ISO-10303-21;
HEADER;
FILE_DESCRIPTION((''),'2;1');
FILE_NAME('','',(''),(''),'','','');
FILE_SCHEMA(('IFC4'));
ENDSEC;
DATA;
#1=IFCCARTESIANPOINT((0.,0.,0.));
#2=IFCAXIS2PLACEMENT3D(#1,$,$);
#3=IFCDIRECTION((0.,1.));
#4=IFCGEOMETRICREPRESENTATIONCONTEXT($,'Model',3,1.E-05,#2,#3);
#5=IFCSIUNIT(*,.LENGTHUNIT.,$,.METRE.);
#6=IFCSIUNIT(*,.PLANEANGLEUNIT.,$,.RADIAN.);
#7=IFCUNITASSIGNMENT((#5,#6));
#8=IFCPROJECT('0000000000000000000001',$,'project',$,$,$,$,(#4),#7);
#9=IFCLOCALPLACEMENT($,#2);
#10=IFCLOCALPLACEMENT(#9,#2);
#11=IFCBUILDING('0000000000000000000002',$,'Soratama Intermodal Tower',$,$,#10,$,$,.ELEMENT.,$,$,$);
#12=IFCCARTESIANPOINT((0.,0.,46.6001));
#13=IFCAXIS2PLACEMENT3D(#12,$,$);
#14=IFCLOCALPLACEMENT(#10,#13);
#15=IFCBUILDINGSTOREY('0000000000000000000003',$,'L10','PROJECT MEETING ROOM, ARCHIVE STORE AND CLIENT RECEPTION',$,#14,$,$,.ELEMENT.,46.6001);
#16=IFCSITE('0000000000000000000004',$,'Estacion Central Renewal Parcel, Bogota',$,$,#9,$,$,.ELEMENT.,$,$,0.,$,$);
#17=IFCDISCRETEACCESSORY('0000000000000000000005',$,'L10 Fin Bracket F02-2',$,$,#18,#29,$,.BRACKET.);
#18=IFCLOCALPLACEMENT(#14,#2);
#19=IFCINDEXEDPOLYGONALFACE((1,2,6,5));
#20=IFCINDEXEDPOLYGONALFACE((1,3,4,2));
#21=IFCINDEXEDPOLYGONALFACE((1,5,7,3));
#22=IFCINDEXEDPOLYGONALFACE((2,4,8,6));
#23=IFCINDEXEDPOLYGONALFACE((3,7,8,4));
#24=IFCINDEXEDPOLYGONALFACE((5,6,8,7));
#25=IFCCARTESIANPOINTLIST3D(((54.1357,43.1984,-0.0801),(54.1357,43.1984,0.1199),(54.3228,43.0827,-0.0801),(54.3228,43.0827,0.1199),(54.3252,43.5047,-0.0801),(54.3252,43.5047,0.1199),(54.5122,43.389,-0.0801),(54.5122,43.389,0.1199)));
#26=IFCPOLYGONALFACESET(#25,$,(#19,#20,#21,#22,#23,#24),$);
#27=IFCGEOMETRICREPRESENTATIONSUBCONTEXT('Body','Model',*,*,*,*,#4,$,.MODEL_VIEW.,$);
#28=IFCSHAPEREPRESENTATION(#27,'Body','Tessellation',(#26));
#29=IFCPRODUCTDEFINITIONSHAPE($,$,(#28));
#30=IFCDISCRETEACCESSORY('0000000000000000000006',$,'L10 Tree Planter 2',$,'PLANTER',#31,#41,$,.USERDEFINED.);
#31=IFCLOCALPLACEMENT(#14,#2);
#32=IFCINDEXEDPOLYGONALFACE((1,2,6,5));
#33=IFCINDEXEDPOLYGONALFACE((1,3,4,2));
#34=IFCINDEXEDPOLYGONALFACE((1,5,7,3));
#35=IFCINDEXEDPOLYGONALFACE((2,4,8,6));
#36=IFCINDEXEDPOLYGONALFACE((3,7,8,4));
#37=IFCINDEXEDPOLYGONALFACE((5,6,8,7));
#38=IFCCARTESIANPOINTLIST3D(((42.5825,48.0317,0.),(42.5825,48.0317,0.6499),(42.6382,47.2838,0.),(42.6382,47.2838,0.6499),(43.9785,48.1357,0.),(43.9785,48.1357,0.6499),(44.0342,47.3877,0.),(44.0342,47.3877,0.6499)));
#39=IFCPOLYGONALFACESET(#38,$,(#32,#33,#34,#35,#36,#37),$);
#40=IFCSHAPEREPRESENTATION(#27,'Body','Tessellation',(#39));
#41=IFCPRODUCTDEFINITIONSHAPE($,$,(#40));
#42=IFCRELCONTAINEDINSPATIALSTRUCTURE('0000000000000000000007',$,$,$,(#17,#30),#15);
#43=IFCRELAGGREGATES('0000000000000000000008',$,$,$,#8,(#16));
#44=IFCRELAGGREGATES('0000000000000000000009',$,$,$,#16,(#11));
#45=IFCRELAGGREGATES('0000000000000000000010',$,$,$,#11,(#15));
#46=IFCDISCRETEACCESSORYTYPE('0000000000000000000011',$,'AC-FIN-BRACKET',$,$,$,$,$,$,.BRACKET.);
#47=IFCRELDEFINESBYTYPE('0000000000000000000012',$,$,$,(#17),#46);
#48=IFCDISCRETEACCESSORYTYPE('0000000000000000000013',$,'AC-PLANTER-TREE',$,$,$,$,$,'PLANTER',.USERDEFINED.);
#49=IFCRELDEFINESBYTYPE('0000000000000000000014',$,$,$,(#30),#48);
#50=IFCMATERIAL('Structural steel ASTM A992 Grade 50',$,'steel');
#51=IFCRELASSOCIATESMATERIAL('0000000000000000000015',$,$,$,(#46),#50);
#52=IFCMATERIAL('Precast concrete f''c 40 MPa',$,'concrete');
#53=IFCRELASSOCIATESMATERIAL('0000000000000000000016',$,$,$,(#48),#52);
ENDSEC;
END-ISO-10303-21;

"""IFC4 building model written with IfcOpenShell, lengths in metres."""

from ifc_helpers import new_model, si_unit, direction, frame, origin, origin_2d, place, context, subcontext, project, spatial, rectangle, extrude, material, type_object, element, save


model = new_model("IFC4")

# Units and contexts
model_context = context("Model", 3, precision=1e-05, world=origin(), true_north=direction((0.0, 1.0)))
body_context = subcontext(model_context, "Body", "Model", "MODEL_VIEW")
ifc_project = project(units=[si_unit("LENGTHUNIT", "METRE"), si_unit("PLANEANGLEUNIT", "RADIAN")], contexts=[model_context])

# Site, building, storey
site_placement = place(None, origin())
site = spatial("IfcSite", under=ifc_project, at=site_placement, Name="Estacion Central Renewal Parcel, Bogota", CompositionType="ELEMENT", RefElevation=0.0)
building_placement = place(site_placement, origin())
building = spatial("IfcBuilding", under=site, at=building_placement, Name="Soratama Intermodal Tower", CompositionType="ELEMENT")
storey_placement = place(building_placement, frame((0.0, 0.0, 46.6001)))
storey = spatial("IfcBuildingStorey", under=building, at=storey_placement, Name="L10", Description="PROJECT MEETING ROOM, ARCHIVE STORE AND CLIENT RECEPTION", CompositionType="ELEMENT", Elevation=46.6001)

# Discrete accessories
ifc_material_1 = material(Name="Structural steel ASTM A992 Grade 50", Category="steel")
discrete_accessory_type_1 = type_object("IfcDiscreteAccessoryType", Name="AC-FIN-BRACKET", PredefinedType="BRACKET", material=ifc_material_1)
discrete_accessory_1_placement = place(storey_placement, frame((54.324, 43.2937, -0.0801), z_axis=(0.0, 0.0, 1.0), x_axis=(0.526066, 0.850444, 0.0)))
element("IfcDiscreteAccessory", 1, at=discrete_accessory_1_placement, inside=storey, type_object=discrete_accessory_type_1, Name="L10 Fin Bracket F02-2", PredefinedType="BRACKET", context=body_context, shape_type="SweptSolid", body=[
    extrude(rectangle(XDim=0.3601, YDim=0.22, at=origin_2d()), origin(), (0.0, 0.0, 1.0), 0.2),
])
ifc_material_2 = material(Name="Precast concrete f'c 40 MPa", Category="concrete")
discrete_accessory_type_2 = type_object("IfcDiscreteAccessoryType", Name="AC-PLANTER-TREE", ElementType="PLANTER", PredefinedType="USERDEFINED", material=ifc_material_2)
discrete_accessory_2_placement = place(storey_placement, frame((43.3083, 47.7097, 0.0), z_axis=(0.0, 0.0, 1.0), x_axis=(-0.074283, 0.997237, 0.0)))
element("IfcDiscreteAccessory", 2, at=discrete_accessory_2_placement, inside=storey, type_object=discrete_accessory_type_2, Name="L10 Tree Planter 2", ObjectType="PLANTER", PredefinedType="USERDEFINED", context=body_context, shape_type="SweptSolid", body=[
    extrude(rectangle(XDim=0.75, YDim=1.3999, at=origin_2d()), origin(), (0.0, 0.0, 1.0), 0.6499),
])

save(model, "model.ifc")
